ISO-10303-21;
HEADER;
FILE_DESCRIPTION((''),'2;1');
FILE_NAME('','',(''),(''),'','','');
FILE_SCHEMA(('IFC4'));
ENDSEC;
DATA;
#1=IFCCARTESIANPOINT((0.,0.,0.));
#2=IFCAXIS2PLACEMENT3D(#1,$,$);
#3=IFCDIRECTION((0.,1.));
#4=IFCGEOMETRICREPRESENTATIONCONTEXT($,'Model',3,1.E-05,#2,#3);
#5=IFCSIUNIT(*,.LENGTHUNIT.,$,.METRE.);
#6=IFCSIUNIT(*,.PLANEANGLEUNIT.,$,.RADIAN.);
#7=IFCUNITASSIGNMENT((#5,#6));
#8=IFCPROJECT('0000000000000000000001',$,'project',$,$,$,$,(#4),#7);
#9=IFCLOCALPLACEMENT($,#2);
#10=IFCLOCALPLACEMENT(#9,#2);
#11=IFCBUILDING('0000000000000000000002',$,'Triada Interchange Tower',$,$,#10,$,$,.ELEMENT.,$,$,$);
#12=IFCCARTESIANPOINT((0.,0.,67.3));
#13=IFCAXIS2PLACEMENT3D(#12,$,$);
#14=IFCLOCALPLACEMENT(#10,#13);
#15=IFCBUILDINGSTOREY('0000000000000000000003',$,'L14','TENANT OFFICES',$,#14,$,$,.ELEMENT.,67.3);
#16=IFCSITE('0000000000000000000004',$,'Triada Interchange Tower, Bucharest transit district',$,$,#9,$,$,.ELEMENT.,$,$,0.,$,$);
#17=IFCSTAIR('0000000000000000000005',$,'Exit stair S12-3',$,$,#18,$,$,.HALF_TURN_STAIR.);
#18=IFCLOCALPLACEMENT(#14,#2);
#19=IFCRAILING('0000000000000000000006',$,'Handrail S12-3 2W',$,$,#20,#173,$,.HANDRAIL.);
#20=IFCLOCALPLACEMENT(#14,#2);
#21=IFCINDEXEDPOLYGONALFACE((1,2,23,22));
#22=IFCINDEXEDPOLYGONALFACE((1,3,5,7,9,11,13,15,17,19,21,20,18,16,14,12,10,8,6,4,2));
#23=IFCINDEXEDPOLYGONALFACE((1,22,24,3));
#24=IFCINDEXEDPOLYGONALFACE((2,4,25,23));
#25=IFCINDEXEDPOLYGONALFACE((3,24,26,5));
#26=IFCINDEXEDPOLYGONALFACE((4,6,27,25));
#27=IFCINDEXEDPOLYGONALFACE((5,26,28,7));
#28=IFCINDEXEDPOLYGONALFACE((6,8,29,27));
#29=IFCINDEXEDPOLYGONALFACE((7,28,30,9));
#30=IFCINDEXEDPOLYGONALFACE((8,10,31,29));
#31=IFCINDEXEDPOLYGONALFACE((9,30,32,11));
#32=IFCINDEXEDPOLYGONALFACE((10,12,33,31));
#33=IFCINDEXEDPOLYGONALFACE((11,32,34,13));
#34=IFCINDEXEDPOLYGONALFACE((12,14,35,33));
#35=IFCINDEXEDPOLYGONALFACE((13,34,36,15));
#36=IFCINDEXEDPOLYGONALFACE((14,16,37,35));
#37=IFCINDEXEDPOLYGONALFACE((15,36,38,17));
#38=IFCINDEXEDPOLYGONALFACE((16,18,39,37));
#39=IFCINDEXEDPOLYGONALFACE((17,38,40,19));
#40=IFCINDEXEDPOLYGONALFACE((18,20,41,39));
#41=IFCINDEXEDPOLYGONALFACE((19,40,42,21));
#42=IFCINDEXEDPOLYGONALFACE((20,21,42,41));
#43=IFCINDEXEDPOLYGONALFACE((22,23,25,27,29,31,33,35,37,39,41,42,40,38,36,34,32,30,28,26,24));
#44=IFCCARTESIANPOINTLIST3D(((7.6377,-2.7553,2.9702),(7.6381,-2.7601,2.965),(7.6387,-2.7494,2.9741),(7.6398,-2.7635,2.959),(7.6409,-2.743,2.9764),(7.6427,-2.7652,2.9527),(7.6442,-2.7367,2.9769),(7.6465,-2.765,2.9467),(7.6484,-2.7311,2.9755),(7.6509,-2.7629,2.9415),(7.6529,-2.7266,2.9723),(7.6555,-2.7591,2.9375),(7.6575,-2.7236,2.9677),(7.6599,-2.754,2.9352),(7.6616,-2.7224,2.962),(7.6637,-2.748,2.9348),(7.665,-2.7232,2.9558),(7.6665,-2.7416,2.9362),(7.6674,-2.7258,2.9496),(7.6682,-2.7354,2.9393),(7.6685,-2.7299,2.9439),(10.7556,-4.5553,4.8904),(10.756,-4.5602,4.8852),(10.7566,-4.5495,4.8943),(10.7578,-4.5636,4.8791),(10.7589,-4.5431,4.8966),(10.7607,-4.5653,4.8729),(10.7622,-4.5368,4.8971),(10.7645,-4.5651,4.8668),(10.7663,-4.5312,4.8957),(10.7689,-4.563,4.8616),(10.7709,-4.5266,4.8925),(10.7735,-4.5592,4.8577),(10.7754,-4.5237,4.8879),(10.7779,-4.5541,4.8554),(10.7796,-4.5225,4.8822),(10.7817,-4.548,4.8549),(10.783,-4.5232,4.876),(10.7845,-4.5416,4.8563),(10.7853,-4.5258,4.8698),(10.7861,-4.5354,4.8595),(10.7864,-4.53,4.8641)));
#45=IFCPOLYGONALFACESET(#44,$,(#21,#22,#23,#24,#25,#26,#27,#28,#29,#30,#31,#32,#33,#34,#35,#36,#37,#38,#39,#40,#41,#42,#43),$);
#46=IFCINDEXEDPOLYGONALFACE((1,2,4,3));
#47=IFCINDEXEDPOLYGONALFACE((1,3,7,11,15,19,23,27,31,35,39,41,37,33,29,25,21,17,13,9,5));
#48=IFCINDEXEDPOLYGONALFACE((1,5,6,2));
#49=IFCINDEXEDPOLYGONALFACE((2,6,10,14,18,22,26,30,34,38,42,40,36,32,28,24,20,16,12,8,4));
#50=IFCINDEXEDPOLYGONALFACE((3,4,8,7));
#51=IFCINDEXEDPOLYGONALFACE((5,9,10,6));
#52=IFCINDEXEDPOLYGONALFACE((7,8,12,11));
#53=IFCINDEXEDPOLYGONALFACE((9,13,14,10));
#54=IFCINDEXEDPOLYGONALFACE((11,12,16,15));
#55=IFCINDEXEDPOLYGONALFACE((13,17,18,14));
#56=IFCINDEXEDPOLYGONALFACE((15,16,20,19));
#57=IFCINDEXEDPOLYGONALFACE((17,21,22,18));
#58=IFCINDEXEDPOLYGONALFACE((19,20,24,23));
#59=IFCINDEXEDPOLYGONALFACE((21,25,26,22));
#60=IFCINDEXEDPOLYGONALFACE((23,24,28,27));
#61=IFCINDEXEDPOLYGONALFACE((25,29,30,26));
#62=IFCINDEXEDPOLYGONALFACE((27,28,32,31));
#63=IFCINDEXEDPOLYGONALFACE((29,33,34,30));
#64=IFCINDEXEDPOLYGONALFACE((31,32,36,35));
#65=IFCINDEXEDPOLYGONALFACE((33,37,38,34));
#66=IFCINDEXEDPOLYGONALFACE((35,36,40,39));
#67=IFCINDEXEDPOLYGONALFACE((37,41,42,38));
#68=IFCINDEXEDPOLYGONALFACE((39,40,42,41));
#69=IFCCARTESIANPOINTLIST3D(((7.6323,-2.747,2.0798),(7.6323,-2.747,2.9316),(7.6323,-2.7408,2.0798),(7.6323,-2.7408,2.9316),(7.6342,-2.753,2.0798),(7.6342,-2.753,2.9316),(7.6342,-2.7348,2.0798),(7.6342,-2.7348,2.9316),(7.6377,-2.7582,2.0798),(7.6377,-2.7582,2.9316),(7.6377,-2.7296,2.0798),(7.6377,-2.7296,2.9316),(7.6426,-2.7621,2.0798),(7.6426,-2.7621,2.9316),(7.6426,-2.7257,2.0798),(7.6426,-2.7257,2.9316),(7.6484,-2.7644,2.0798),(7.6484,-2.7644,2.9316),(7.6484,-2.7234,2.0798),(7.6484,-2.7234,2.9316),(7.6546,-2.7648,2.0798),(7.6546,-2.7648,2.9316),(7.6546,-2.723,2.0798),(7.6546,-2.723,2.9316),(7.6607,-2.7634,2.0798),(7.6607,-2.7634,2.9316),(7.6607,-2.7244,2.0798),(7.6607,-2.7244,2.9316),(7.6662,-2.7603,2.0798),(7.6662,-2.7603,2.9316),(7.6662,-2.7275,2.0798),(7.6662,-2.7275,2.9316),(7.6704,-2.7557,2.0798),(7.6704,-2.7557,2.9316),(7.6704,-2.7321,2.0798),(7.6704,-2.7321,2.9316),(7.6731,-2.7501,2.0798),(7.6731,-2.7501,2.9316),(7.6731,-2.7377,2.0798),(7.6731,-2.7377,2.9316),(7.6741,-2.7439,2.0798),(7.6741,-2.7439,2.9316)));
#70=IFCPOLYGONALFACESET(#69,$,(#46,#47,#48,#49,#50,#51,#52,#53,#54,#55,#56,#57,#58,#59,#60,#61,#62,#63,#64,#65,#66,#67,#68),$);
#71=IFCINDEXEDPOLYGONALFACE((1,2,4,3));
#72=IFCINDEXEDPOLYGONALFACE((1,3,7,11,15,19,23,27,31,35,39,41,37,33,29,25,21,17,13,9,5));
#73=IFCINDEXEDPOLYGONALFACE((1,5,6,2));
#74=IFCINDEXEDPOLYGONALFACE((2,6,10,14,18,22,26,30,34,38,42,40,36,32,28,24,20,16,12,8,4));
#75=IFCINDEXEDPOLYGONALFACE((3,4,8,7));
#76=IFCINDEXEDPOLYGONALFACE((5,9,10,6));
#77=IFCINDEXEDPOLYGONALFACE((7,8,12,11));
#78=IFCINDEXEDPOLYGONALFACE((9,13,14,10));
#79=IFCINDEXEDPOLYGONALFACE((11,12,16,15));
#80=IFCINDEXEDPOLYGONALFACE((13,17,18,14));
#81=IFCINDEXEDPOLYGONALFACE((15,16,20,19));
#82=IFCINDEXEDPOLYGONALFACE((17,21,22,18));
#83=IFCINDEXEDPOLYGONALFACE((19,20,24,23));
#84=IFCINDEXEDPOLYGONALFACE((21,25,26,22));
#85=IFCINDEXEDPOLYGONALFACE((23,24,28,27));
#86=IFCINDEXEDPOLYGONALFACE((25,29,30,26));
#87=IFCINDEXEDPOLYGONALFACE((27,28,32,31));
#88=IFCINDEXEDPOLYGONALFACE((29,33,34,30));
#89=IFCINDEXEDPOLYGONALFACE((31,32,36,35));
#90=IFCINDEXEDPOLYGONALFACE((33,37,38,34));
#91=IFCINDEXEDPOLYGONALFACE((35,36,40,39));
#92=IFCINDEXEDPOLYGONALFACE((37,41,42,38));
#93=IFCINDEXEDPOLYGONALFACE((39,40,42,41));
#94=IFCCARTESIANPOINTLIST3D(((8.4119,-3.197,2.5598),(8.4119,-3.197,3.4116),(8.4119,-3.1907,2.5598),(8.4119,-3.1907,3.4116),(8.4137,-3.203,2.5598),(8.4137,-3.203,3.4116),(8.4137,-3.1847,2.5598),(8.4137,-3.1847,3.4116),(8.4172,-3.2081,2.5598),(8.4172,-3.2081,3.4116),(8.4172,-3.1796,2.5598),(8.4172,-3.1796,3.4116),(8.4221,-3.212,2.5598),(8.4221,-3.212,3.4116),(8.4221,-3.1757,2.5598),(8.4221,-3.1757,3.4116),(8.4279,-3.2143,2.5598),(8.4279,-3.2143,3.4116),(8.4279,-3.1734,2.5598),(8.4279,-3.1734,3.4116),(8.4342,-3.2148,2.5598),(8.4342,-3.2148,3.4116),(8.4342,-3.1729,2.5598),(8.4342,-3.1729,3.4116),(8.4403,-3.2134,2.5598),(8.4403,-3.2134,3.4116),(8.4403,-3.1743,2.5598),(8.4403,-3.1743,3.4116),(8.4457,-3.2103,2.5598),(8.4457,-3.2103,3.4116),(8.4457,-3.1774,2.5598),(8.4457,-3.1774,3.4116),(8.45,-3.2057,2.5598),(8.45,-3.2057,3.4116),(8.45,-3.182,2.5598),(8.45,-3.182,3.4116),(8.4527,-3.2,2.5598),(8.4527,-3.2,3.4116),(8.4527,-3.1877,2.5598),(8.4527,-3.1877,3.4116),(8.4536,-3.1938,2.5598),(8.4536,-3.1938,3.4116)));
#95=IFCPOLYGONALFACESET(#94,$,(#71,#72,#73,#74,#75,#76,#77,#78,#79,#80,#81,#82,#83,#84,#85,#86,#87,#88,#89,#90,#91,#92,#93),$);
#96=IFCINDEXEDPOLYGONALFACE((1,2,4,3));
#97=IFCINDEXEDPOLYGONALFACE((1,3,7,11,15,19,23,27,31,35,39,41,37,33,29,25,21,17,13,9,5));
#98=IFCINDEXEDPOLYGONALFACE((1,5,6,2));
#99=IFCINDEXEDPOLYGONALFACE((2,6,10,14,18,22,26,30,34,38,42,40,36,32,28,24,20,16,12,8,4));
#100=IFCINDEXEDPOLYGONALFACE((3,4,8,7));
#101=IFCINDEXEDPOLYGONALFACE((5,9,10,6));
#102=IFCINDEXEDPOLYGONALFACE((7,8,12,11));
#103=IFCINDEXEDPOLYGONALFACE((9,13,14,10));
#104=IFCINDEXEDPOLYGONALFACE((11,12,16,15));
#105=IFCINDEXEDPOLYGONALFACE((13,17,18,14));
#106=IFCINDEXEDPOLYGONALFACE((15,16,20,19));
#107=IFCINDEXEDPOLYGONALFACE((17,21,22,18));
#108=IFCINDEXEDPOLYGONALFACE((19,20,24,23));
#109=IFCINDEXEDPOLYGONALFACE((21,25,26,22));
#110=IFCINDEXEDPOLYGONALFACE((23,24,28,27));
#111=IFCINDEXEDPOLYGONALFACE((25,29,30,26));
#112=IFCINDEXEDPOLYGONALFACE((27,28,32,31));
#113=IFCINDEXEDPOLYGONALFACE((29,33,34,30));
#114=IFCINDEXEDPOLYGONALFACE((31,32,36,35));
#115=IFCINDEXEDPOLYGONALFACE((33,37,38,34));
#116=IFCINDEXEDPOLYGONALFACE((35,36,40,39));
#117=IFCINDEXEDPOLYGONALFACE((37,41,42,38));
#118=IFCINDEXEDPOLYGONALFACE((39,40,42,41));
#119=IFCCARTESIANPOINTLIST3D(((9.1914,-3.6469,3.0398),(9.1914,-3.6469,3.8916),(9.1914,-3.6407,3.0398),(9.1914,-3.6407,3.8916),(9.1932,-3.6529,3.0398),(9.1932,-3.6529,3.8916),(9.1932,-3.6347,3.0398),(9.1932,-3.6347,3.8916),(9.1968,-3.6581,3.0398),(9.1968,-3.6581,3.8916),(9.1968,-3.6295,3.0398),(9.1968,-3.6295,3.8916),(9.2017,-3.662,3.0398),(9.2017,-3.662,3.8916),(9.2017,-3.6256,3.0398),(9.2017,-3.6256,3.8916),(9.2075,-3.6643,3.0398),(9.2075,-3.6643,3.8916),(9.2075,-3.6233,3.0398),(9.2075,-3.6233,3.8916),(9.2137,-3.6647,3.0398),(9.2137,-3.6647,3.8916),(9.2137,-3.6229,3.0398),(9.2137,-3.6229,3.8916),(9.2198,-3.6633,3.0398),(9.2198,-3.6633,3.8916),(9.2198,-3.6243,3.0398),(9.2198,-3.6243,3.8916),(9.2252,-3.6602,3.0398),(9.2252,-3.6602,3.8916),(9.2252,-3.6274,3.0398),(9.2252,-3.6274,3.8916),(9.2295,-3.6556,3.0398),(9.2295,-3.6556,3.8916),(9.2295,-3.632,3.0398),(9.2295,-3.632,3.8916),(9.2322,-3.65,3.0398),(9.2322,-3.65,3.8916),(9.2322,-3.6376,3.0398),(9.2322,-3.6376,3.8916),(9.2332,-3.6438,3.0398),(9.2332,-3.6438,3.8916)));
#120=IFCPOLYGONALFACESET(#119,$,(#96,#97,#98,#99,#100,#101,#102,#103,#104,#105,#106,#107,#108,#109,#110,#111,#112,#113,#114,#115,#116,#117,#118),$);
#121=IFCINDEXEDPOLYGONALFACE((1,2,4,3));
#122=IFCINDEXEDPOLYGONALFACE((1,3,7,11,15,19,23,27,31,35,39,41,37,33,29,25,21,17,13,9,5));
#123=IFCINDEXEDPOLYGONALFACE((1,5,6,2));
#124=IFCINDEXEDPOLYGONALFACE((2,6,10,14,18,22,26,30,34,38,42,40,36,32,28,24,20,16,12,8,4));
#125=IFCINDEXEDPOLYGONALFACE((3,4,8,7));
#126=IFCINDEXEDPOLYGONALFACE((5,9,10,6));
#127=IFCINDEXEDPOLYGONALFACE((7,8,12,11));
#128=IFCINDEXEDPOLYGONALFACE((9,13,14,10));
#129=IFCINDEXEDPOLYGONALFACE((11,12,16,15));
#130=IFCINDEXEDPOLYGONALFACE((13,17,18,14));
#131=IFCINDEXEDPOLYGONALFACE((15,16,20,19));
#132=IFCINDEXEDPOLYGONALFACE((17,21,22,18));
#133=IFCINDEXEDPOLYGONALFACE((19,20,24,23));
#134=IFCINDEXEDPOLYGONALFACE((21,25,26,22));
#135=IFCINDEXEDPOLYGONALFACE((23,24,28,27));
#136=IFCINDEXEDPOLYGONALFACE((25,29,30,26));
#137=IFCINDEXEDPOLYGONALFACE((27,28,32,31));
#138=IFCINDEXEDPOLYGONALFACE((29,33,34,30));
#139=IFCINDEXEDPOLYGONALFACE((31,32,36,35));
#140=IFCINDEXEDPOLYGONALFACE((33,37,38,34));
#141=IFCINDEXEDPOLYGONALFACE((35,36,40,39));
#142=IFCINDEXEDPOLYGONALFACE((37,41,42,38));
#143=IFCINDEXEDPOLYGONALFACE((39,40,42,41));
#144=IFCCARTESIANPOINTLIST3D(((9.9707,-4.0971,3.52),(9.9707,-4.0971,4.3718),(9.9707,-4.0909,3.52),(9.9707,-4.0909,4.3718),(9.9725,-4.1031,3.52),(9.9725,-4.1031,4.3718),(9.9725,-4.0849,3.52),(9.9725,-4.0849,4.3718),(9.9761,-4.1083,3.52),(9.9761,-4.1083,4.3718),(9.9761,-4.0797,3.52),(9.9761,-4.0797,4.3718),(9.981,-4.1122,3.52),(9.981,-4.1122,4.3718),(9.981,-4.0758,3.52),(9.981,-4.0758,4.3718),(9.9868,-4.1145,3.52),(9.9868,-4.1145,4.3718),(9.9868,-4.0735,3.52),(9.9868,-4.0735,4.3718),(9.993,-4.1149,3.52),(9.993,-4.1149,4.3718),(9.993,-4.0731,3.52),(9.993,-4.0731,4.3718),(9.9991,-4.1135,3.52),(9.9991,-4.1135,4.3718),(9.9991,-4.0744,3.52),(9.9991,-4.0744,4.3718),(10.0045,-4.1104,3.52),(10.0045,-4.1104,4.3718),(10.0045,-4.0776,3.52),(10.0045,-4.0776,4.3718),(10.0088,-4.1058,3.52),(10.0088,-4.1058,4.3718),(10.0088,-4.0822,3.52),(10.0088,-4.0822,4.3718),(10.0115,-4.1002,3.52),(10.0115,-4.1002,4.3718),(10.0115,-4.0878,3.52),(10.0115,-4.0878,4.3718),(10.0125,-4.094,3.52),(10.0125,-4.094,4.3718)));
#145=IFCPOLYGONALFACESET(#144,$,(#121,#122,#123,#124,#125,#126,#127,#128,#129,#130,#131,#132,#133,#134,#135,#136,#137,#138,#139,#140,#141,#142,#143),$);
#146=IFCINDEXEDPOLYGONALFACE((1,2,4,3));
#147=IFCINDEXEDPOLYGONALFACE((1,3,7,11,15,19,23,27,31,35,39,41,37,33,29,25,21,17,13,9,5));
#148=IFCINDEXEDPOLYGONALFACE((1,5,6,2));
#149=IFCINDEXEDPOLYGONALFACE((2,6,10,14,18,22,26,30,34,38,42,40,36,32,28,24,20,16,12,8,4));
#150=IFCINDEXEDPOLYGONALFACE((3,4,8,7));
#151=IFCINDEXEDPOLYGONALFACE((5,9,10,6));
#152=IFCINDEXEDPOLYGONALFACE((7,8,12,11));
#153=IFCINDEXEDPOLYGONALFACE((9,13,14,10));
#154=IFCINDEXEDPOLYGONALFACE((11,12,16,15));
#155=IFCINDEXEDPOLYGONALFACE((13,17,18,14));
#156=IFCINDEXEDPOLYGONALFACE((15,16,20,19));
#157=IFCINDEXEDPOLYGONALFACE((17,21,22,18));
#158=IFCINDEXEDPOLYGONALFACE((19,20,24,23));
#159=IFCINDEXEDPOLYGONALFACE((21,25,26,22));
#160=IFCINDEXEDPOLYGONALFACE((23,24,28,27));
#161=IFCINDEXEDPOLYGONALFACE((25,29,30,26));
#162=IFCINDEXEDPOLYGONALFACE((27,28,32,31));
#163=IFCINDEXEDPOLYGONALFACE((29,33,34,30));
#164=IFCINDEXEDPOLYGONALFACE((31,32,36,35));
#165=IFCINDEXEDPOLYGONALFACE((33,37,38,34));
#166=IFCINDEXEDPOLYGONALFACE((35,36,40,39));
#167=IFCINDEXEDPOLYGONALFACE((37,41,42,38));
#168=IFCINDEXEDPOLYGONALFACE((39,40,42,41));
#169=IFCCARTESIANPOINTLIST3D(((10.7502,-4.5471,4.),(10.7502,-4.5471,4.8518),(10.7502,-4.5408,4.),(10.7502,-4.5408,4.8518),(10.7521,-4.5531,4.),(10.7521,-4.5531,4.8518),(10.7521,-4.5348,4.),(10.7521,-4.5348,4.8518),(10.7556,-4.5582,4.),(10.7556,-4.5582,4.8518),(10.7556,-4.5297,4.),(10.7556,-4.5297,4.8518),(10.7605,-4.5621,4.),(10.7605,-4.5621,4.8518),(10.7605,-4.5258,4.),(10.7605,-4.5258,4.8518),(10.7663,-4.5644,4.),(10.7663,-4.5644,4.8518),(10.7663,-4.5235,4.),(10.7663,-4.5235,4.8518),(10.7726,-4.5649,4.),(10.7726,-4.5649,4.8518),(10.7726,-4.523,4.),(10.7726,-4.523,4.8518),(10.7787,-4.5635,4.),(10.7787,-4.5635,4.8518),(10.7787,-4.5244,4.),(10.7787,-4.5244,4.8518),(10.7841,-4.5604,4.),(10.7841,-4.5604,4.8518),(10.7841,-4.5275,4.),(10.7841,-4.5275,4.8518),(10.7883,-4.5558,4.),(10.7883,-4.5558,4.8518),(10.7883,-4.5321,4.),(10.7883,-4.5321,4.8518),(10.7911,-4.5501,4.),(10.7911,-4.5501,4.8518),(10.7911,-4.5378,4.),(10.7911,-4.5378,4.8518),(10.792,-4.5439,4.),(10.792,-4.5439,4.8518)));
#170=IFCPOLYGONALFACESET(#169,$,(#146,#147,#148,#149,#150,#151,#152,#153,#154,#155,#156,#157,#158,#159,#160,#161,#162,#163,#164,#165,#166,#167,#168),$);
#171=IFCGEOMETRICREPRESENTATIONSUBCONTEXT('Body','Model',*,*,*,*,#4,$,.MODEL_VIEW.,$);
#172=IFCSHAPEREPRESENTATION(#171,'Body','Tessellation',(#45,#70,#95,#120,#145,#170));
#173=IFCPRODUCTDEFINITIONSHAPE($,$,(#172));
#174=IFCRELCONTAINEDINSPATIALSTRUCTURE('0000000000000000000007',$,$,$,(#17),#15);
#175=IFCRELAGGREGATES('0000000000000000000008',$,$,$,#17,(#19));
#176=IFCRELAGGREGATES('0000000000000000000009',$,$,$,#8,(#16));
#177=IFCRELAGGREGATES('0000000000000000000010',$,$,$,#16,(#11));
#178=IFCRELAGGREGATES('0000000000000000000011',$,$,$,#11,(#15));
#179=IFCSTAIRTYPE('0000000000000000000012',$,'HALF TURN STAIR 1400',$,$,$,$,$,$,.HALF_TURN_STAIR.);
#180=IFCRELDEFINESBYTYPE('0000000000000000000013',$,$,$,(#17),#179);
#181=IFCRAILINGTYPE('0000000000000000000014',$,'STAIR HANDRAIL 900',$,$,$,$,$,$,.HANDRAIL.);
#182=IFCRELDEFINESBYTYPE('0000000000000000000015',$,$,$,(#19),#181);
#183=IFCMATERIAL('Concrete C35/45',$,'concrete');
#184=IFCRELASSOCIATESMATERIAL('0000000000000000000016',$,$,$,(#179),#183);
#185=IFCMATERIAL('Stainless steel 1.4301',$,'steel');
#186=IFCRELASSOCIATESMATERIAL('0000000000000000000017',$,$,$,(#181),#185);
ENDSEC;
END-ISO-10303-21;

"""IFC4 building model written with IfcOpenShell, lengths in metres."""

from ifc_helpers import new_model, si_unit, direction, frame, origin, origin_2d, place, context, subcontext, project, spatial, circle, extrude, material, type_object, element, aggregate, save


model = new_model("IFC4")

# Units and contexts
model_context = context("Model", 3, precision=1e-05, world=origin(), true_north=direction((0.0, 1.0)))
body_context = subcontext(model_context, "Body", "Model", "MODEL_VIEW")
ifc_project = project(units=[si_unit("LENGTHUNIT", "METRE"), si_unit("PLANEANGLEUNIT", "RADIAN")], contexts=[model_context])

# Site, building, storey
site_placement = place(None, origin())
site = spatial("IfcSite", under=ifc_project, at=site_placement, Name="Triada Interchange Tower, Bucharest transit district", CompositionType="ELEMENT", RefElevation=0.0)
building_placement = place(site_placement, origin())
building = spatial("IfcBuilding", under=site, at=building_placement, Name="Triada Interchange Tower", CompositionType="ELEMENT")
storey_placement = place(building_placement, frame((0.0, 0.0, 67.3)))
storey = spatial("IfcBuildingStorey", under=building, at=storey_placement, Name="L14", Description="TENANT OFFICES", CompositionType="ELEMENT", Elevation=67.3)

# Stair, railing
ifc_material_1 = material(Name="Concrete C35/45", Category="concrete")
stair_type = type_object("IfcStairType", Name="HALF TURN STAIR 1400", PredefinedType="HALF_TURN_STAIR", material=ifc_material_1)
stair_placement = place(storey_placement, origin())
stair = element("IfcStair", 1, at=stair_placement, inside=storey, type_object=stair_type, Name="Exit stair S12-3", PredefinedType="HALF_TURN_STAIR")
ifc_material_2 = material(Name="Stainless steel 1.4301", Category="steel")
railing_type = type_object("IfcRailingType", Name="STAIR HANDRAIL 900", PredefinedType="HANDRAIL", material=ifc_material_2)
railing_1_placement = place(storey_placement, frame((7.6531, -2.7439, 2.0798)))
railing_1 = element("IfcRailing", 2, at=railing_1_placement, type_object=railing_type, Name="Handrail S12-3 2W", PredefinedType="HANDRAIL", context=body_context, shape_type="SweptSolid", body=[
    extrude(circle(Radius=0.0239, at=origin_2d()), frame((0.0, 0.0, 0.876), z_axis=(0.764145, -0.441159, 0.470597), x_axis=(0.499983, 0.866035, 0.0)), (0.0, 0.0, 1.0), 4.0803),
    extrude(circle(Radius=0.021, at=origin_2d()), origin(), (0.0, 0.0, 1.0), 0.8518),
    extrude(circle(Radius=0.021, at=origin_2d()), frame((0.7795, -0.45, 0.48)), (0.0, 0.0, 1.0), 0.8518),
    extrude(circle(Radius=0.021, at=origin_2d()), frame((1.5591, -0.8999, 0.96)), (0.0, 0.0, 1.0), 0.8518),
    extrude(circle(Radius=0.021, at=origin_2d()), frame((2.3384, -1.3501, 1.4402)), (0.0, 0.0, 1.0), 0.8518),
    extrude(circle(Radius=0.021, at=origin_2d()), frame((3.1179, -1.8, 1.9202)), (0.0, 0.0, 1.0), 0.8518),
])
aggregate(stair, [railing_1])

save(model, "model.ifc")
